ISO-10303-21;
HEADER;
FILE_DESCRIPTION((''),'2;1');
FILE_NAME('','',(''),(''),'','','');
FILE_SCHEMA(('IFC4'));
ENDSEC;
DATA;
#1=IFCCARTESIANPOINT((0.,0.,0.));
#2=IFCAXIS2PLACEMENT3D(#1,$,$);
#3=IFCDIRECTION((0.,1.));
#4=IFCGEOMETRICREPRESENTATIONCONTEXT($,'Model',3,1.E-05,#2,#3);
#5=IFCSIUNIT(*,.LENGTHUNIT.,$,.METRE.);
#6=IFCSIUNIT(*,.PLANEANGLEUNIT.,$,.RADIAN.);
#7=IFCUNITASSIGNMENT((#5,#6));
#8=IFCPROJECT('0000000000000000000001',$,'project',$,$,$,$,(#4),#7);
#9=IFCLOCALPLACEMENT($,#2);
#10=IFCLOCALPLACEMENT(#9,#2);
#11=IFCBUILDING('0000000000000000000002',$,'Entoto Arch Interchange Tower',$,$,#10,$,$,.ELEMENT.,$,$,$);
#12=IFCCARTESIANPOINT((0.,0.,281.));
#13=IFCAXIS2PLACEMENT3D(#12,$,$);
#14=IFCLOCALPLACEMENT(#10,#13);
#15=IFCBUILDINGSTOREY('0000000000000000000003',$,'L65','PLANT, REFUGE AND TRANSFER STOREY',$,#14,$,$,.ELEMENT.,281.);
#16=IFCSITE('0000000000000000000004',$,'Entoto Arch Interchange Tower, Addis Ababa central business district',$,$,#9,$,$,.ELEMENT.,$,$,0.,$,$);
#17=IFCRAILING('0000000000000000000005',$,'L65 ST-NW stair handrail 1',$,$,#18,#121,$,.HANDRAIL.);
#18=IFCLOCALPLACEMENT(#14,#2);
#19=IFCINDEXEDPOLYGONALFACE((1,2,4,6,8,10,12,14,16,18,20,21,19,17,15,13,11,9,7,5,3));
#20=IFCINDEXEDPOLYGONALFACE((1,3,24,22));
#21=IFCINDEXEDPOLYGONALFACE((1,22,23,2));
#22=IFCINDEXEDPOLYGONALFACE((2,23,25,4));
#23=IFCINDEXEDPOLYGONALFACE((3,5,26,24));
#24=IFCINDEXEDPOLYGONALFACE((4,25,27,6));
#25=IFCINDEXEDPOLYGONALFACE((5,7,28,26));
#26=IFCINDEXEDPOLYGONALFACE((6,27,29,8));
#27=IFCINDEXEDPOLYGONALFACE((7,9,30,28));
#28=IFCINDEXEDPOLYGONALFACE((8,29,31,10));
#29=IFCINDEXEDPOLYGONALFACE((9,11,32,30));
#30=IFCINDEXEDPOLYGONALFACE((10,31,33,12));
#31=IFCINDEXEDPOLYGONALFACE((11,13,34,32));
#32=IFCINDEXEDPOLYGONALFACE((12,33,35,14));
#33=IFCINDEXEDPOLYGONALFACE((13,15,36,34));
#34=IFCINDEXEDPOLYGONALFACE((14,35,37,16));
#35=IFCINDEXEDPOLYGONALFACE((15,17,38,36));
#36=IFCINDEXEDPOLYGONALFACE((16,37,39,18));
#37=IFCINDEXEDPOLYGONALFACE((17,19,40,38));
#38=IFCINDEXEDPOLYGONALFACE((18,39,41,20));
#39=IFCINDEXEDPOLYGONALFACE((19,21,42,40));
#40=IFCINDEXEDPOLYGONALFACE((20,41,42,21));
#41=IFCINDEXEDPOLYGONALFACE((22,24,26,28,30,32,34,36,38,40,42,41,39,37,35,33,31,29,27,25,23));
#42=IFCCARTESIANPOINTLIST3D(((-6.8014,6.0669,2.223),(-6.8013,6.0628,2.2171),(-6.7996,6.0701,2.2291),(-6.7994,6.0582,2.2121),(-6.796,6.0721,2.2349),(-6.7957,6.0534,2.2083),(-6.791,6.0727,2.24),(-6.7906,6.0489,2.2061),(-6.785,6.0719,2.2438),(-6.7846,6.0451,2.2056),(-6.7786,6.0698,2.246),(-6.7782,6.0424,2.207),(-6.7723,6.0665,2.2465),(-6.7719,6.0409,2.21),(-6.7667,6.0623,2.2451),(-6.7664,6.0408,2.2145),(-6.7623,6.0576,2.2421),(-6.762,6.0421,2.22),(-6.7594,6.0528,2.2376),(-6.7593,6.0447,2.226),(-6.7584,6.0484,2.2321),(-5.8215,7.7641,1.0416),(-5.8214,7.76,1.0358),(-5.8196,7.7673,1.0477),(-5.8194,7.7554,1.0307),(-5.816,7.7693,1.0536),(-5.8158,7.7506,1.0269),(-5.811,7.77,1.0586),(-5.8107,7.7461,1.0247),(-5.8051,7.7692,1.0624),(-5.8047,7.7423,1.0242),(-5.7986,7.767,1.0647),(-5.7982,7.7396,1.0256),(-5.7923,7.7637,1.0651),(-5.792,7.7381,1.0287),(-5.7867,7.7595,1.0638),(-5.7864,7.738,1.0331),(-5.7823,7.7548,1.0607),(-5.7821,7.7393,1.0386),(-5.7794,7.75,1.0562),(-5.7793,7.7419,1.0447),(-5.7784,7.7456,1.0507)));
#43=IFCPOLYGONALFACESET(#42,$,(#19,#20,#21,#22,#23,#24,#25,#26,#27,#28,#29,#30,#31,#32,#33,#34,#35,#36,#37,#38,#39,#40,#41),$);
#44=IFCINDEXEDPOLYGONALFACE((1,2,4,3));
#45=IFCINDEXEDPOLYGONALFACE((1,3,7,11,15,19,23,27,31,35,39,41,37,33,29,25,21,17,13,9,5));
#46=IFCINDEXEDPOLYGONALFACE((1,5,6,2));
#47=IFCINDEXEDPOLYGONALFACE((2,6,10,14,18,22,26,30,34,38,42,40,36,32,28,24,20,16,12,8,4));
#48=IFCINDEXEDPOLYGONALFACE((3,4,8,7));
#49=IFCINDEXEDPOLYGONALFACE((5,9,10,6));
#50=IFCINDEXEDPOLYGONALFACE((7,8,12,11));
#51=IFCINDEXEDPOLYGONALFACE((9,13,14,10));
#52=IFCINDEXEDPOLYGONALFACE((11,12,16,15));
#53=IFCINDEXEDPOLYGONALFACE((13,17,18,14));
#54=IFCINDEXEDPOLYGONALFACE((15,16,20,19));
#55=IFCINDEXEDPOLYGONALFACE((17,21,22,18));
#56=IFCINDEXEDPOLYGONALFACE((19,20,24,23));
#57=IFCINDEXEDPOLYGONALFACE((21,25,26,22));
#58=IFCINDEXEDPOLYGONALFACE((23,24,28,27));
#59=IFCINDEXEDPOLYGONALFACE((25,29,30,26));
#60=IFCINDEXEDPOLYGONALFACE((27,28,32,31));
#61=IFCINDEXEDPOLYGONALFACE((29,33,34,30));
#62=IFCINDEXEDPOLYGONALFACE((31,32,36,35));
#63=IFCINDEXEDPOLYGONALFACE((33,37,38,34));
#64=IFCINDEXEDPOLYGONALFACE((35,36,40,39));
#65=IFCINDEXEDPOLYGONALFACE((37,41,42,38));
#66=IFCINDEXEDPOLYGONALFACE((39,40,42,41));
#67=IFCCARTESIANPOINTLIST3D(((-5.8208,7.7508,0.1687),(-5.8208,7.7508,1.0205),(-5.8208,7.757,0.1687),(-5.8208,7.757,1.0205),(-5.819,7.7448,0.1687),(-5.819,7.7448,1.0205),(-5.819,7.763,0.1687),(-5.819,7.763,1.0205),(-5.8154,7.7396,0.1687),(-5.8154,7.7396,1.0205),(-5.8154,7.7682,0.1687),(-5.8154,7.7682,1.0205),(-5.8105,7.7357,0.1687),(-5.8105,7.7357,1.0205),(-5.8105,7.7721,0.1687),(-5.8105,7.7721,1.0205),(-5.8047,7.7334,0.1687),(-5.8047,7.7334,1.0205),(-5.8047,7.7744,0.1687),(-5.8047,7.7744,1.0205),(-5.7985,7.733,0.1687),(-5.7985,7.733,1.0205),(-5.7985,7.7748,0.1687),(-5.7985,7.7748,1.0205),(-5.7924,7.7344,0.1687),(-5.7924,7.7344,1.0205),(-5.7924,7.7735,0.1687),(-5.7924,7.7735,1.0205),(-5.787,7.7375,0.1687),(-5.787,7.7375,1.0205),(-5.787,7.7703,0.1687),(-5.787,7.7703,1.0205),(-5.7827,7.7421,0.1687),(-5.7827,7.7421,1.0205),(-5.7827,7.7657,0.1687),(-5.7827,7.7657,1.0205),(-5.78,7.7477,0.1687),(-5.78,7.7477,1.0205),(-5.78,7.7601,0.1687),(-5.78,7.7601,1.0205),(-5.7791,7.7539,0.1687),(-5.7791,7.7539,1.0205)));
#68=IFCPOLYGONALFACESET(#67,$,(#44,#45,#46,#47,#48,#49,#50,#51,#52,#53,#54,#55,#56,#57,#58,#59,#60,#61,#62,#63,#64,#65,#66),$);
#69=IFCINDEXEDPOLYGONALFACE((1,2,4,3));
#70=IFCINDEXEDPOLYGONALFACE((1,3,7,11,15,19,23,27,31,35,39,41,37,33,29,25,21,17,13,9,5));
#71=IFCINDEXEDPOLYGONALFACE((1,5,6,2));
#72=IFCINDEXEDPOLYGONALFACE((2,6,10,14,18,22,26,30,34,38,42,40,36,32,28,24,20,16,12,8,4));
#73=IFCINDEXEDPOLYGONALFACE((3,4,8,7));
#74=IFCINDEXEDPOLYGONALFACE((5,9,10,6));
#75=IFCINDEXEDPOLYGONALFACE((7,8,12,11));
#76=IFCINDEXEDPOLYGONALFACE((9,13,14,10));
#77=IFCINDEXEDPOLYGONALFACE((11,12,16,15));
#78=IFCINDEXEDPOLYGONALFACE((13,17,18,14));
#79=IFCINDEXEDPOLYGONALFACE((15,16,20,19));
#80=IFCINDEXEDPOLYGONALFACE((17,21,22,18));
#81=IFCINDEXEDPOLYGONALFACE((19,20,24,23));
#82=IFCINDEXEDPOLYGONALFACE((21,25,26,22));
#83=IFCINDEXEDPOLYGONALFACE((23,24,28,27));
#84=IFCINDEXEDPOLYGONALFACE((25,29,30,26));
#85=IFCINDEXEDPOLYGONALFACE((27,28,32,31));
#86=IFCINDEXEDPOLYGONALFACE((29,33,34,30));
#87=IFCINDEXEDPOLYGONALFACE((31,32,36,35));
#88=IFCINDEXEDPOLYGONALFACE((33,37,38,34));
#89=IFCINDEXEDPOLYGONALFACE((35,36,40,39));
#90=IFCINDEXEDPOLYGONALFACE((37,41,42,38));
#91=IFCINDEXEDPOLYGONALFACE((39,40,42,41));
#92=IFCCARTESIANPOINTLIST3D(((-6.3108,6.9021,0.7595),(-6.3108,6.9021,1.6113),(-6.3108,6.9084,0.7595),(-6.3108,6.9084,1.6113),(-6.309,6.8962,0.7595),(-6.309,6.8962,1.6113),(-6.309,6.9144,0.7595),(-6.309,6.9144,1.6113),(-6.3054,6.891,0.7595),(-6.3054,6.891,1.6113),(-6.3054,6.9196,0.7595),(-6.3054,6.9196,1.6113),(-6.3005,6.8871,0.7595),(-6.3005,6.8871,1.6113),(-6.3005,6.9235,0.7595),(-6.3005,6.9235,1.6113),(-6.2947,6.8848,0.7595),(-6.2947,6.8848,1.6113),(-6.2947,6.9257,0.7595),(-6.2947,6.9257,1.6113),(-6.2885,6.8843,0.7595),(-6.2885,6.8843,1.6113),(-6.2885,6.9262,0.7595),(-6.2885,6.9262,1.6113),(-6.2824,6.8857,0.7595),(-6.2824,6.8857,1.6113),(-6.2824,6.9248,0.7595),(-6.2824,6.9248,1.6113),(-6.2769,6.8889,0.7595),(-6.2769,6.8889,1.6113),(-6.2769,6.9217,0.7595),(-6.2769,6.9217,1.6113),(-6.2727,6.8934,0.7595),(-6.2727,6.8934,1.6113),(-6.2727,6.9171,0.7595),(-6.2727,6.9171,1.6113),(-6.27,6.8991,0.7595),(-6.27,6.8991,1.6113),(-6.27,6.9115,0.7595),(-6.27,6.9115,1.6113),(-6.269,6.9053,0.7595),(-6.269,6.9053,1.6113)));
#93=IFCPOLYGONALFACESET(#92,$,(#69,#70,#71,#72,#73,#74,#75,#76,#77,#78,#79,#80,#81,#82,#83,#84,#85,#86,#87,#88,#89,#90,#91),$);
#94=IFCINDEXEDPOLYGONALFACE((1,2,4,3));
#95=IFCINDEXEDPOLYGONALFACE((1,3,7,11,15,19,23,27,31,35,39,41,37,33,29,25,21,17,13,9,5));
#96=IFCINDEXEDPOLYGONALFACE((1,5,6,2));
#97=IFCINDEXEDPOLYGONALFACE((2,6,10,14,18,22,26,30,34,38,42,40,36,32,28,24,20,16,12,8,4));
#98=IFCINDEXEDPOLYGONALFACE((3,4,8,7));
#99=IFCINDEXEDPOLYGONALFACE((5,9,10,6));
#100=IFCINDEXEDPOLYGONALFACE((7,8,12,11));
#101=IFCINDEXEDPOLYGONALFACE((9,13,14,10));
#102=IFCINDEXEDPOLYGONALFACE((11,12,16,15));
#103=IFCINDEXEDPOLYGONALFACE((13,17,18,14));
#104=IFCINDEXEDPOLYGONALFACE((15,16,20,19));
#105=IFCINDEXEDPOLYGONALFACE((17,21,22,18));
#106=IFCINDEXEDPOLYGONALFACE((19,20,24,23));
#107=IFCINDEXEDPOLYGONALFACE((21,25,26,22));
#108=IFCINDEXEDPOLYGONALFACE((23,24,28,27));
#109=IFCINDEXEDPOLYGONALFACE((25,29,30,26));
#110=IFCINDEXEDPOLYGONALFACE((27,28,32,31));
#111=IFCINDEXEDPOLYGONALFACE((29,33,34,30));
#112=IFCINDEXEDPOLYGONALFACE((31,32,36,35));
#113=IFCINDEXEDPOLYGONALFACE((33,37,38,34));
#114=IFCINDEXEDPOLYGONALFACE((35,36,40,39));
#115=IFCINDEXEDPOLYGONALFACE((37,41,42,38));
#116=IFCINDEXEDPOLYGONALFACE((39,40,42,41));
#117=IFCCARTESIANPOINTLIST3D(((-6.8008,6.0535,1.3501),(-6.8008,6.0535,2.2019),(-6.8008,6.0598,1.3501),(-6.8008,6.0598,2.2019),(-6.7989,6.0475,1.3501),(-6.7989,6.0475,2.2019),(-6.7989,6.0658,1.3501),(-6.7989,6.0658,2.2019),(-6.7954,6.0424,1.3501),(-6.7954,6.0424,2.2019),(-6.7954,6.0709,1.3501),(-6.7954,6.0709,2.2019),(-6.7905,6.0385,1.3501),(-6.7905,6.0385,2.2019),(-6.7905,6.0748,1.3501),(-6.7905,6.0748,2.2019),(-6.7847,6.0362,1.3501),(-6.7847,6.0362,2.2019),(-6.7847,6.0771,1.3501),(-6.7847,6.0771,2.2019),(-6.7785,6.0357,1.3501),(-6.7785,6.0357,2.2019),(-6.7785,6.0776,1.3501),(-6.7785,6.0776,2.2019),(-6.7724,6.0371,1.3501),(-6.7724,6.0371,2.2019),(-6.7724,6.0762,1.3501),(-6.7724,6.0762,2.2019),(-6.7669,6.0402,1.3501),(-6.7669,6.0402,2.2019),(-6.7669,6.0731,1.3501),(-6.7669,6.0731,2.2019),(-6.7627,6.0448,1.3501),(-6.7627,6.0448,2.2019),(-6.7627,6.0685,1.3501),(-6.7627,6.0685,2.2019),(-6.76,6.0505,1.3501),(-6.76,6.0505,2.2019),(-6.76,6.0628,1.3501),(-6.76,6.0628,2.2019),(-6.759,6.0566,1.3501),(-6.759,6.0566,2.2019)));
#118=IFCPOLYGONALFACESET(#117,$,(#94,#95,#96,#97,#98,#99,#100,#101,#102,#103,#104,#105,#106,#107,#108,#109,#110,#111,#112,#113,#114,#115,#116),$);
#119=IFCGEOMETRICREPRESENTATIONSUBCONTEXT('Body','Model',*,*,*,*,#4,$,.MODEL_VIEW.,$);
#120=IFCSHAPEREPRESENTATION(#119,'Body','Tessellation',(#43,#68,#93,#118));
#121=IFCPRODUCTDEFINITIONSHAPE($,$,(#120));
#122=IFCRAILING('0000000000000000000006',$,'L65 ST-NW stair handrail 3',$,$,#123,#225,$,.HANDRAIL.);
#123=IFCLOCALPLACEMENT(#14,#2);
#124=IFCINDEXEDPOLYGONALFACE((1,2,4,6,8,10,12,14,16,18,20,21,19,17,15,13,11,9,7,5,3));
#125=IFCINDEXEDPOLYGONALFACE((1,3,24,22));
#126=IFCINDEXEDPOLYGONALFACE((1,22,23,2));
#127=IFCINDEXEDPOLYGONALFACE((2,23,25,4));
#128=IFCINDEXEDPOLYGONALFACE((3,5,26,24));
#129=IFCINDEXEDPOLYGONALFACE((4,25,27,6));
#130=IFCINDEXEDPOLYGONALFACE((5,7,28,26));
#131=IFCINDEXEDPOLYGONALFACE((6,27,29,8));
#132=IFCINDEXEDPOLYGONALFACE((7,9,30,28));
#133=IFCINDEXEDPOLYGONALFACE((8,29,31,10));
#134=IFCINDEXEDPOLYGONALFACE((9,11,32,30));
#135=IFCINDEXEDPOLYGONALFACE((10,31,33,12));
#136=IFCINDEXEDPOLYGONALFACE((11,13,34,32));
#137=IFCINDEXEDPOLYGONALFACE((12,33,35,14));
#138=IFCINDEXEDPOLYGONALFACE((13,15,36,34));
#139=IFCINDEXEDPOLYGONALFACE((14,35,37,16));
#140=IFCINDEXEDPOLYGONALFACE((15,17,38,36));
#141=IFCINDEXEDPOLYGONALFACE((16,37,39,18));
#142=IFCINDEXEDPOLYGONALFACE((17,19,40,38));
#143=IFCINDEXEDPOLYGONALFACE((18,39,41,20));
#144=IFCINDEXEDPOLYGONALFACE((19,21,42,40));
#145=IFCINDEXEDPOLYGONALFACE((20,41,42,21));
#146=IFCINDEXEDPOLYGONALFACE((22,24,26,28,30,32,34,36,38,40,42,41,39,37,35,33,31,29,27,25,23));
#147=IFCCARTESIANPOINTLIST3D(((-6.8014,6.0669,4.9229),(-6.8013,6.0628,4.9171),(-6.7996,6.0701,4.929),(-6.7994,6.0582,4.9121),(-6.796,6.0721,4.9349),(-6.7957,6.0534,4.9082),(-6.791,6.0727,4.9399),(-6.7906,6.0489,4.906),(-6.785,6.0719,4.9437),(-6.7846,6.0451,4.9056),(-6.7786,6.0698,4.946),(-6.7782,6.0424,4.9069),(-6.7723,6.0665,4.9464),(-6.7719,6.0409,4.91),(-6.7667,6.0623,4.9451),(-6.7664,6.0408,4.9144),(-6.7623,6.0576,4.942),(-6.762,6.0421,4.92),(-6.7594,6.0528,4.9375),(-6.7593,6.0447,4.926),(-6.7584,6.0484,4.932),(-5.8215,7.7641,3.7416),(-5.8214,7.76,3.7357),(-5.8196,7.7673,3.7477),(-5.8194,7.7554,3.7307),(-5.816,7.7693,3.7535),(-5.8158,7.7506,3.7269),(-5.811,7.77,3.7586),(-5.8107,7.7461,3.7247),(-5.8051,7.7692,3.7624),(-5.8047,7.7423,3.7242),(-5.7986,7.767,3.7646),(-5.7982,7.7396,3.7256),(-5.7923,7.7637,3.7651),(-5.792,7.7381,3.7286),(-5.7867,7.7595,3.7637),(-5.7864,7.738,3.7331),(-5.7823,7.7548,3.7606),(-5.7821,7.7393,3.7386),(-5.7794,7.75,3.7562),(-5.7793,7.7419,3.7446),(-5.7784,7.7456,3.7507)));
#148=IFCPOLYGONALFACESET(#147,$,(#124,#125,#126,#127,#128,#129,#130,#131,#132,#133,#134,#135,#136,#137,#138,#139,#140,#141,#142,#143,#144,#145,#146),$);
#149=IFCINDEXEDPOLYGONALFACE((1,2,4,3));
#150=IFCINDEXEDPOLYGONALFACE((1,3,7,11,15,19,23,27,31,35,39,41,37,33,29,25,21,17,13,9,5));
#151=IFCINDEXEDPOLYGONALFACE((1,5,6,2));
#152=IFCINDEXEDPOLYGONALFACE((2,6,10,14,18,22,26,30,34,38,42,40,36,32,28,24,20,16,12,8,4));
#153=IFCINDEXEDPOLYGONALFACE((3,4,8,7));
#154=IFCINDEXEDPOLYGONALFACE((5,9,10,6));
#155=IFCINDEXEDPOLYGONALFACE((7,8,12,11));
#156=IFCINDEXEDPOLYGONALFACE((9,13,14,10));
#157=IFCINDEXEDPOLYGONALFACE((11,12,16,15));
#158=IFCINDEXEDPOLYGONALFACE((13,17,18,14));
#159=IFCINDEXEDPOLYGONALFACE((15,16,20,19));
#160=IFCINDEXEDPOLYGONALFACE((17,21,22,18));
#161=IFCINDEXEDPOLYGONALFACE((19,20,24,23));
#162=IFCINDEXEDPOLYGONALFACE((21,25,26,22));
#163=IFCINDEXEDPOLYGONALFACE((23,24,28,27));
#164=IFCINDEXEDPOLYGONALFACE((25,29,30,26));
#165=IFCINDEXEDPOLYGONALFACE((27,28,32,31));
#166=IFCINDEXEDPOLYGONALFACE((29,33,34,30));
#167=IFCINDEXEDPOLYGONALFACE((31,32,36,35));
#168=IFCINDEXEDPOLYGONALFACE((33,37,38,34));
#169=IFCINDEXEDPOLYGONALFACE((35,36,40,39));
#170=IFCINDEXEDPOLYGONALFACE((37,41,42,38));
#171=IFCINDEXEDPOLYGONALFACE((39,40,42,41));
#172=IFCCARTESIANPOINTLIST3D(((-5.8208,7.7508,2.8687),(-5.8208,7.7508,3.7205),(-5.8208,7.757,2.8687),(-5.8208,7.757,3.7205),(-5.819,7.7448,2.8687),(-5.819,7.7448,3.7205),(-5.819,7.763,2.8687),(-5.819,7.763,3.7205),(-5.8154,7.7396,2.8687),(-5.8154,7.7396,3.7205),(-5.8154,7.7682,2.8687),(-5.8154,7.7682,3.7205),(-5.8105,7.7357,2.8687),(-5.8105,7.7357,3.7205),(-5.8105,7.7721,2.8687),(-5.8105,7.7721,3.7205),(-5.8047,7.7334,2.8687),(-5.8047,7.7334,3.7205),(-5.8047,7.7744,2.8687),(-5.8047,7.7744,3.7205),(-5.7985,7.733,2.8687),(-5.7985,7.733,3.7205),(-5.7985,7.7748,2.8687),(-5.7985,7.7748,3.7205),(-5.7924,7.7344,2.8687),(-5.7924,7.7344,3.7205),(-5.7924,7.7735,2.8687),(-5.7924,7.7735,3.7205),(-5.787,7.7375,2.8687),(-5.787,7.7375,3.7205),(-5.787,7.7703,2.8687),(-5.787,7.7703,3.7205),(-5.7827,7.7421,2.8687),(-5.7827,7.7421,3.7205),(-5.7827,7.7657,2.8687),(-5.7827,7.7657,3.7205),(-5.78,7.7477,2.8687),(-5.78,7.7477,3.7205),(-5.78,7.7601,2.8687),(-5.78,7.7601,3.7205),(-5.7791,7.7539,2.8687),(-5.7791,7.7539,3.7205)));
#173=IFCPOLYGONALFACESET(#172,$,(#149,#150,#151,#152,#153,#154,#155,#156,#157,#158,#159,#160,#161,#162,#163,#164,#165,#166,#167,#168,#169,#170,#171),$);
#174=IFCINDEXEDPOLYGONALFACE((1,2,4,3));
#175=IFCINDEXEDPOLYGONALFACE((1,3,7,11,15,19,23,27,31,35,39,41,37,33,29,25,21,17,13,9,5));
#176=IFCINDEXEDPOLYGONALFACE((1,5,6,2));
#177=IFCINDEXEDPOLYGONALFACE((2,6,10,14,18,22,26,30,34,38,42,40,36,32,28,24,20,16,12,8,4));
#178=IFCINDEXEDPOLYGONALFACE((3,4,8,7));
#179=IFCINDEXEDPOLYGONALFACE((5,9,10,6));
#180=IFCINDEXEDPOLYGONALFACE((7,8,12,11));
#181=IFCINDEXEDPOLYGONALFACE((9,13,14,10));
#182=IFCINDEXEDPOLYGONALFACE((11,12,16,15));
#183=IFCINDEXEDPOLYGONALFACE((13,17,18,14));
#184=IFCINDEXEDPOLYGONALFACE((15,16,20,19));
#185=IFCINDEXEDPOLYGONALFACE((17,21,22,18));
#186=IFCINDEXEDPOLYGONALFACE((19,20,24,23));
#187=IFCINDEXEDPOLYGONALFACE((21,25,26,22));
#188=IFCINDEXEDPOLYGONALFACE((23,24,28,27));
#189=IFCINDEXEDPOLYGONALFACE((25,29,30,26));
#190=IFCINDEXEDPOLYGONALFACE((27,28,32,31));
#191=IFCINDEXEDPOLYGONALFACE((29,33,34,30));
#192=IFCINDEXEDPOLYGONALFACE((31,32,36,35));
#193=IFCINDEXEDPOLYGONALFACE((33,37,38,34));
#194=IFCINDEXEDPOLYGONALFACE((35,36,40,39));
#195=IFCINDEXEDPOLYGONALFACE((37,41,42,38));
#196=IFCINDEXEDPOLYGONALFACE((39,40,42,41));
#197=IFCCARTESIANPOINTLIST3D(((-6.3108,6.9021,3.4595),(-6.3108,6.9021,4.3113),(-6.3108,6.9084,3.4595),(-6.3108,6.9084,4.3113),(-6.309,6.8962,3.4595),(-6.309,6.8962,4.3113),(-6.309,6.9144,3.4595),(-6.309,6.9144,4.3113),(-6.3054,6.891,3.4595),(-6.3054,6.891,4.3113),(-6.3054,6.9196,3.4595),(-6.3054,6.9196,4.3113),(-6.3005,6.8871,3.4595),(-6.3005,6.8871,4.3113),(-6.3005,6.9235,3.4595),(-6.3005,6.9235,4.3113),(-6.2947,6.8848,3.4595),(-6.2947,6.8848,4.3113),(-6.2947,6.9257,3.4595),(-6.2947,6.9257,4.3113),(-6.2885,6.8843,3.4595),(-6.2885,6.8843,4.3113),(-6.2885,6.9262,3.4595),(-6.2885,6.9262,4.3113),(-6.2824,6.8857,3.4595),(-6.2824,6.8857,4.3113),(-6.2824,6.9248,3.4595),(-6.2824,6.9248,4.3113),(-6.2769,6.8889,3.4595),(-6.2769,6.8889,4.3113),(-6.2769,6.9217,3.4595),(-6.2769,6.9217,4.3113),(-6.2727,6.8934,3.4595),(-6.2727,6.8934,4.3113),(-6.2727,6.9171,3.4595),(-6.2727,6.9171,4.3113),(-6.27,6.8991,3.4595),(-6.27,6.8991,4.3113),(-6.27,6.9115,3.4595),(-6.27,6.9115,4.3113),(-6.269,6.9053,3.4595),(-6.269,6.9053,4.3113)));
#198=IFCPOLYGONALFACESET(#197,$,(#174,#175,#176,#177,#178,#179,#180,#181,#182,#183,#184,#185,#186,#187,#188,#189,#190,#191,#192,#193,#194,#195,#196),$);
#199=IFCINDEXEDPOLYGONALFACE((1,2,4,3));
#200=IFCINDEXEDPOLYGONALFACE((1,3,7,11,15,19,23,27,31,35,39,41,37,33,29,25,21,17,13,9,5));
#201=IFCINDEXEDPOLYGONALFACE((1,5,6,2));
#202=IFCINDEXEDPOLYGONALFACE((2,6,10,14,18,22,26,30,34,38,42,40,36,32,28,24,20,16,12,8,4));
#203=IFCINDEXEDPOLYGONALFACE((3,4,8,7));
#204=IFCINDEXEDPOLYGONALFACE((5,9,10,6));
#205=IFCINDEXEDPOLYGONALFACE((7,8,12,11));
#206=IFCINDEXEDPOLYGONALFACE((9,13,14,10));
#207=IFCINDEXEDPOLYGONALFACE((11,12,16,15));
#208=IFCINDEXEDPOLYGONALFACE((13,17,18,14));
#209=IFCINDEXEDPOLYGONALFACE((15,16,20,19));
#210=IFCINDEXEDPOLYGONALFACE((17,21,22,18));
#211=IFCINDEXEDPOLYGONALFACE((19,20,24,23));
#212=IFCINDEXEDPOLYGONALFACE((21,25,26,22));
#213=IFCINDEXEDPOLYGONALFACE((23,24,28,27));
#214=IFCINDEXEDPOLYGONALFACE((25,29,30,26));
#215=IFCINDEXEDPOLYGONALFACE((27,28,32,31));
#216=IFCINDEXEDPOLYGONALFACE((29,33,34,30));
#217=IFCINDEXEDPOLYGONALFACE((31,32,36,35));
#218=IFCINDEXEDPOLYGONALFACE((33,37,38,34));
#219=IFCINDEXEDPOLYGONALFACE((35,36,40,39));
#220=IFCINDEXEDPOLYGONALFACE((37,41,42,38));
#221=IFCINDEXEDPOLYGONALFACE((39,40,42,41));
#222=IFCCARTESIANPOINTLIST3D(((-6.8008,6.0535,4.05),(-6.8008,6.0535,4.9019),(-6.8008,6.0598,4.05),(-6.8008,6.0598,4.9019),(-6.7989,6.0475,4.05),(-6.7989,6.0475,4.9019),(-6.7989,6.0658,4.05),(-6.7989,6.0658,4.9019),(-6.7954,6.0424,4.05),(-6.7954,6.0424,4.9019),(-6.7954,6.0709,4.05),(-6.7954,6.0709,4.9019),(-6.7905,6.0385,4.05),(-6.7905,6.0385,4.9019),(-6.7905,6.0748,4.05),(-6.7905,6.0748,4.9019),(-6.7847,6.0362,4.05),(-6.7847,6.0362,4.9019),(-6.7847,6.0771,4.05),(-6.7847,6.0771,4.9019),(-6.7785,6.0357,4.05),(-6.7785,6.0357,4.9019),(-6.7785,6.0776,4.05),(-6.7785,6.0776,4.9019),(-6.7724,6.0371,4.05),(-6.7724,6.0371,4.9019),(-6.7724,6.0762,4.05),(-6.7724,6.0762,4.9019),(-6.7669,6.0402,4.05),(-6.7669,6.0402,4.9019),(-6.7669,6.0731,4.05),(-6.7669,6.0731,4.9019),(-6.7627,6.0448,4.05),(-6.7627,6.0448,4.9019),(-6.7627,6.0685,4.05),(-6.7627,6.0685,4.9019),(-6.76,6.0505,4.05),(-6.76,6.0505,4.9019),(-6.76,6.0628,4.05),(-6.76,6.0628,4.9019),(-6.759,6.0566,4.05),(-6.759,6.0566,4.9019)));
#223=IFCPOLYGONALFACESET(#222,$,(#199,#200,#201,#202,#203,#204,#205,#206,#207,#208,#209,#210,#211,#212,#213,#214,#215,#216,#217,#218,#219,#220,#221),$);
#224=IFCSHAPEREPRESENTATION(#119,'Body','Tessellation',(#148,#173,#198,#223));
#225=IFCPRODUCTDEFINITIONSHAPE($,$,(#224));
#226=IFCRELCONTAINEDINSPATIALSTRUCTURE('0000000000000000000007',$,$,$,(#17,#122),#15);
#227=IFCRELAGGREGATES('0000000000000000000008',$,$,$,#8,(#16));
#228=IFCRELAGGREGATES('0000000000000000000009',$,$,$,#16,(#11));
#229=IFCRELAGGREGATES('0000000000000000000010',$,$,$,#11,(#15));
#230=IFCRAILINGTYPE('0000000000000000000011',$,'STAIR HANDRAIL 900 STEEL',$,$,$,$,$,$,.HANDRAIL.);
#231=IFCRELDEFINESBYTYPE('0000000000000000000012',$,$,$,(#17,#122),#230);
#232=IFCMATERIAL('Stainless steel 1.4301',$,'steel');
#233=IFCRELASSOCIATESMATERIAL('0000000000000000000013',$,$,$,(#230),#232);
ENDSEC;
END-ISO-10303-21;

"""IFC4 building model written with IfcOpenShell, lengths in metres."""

from ifc_helpers import new_model, si_unit, direction, frame, origin, origin_2d, place, context, subcontext, project, spatial, circle, extrude, material, type_object, element, save


model = new_model("IFC4")

# Units and contexts
model_context = context("Model", 3, precision=1e-05, world=origin(), true_north=direction((0.0, 1.0)))
body_context = subcontext(model_context, "Body", "Model", "MODEL_VIEW")
ifc_project = project(units=[si_unit("LENGTHUNIT", "METRE"), si_unit("PLANEANGLEUNIT", "RADIAN")], contexts=[model_context])

# Site, building, storey
site_placement = place(None, origin())
site = spatial("IfcSite", under=ifc_project, at=site_placement, Name="Entoto Arch Interchange Tower, Addis Ababa central business district", CompositionType="ELEMENT", RefElevation=0.0)
building_placement = place(site_placement, origin())
building = spatial("IfcBuilding", under=site, at=building_placement, Name="Entoto Arch Interchange Tower", CompositionType="ELEMENT")
storey_placement = place(building_placement, frame((0.0, 0.0, 281.0)))
storey = spatial("IfcBuildingStorey", under=building, at=storey_placement, Name="L65", Description="PLANT, REFUGE AND TRANSFER STOREY", CompositionType="ELEMENT", Elevation=281.0)

# Railings
ifc_material_1 = material(Name="Stainless steel 1.4301", Category="steel")
railing_type = type_object("IfcRailingType", Name="STAIR HANDRAIL 900 STEEL", PredefinedType="HANDRAIL", material=ifc_material_1)
for number, where, name in (
    (1, (-5.8, 7.7539, 0.1687), "L65 ST-NW stair handrail 1"),
    (2, (-5.8, 7.7539, 2.8687), "L65 ST-NW stair handrail 3"),
):
    element("IfcRailing", number, at=place(storey_placement, frame(where)), inside=storey, type_object=railing_type, Name=name, PredefinedType="HANDRAIL", context=body_context, shape_type="SweptSolid", body=[
        extrude(circle(Radius=0.0239, at=origin_2d()), frame((0.0, 0.0, 0.876), z_axis=(-0.428238, -0.741683, 0.516255), x_axis=(0.866011, -0.500024, 0.0)), (0.0, 0.0, 1.0), 2.2883),
        extrude(circle(Radius=0.021, at=origin_2d()), origin(), (0.0, 0.0, 1.0), 0.8518),
        extrude(circle(Radius=0.021, at=origin_2d()), frame((-0.49, -0.8486, 0.5908)), (0.0, 0.0, 1.0), 0.8518),
        extrude(circle(Radius=0.021, at=origin_2d()), frame((-0.98, -1.6973, 1.1814)), (0.0, 0.0, 1.0), 0.8518),
    ])

save(model, "model.ifc")
